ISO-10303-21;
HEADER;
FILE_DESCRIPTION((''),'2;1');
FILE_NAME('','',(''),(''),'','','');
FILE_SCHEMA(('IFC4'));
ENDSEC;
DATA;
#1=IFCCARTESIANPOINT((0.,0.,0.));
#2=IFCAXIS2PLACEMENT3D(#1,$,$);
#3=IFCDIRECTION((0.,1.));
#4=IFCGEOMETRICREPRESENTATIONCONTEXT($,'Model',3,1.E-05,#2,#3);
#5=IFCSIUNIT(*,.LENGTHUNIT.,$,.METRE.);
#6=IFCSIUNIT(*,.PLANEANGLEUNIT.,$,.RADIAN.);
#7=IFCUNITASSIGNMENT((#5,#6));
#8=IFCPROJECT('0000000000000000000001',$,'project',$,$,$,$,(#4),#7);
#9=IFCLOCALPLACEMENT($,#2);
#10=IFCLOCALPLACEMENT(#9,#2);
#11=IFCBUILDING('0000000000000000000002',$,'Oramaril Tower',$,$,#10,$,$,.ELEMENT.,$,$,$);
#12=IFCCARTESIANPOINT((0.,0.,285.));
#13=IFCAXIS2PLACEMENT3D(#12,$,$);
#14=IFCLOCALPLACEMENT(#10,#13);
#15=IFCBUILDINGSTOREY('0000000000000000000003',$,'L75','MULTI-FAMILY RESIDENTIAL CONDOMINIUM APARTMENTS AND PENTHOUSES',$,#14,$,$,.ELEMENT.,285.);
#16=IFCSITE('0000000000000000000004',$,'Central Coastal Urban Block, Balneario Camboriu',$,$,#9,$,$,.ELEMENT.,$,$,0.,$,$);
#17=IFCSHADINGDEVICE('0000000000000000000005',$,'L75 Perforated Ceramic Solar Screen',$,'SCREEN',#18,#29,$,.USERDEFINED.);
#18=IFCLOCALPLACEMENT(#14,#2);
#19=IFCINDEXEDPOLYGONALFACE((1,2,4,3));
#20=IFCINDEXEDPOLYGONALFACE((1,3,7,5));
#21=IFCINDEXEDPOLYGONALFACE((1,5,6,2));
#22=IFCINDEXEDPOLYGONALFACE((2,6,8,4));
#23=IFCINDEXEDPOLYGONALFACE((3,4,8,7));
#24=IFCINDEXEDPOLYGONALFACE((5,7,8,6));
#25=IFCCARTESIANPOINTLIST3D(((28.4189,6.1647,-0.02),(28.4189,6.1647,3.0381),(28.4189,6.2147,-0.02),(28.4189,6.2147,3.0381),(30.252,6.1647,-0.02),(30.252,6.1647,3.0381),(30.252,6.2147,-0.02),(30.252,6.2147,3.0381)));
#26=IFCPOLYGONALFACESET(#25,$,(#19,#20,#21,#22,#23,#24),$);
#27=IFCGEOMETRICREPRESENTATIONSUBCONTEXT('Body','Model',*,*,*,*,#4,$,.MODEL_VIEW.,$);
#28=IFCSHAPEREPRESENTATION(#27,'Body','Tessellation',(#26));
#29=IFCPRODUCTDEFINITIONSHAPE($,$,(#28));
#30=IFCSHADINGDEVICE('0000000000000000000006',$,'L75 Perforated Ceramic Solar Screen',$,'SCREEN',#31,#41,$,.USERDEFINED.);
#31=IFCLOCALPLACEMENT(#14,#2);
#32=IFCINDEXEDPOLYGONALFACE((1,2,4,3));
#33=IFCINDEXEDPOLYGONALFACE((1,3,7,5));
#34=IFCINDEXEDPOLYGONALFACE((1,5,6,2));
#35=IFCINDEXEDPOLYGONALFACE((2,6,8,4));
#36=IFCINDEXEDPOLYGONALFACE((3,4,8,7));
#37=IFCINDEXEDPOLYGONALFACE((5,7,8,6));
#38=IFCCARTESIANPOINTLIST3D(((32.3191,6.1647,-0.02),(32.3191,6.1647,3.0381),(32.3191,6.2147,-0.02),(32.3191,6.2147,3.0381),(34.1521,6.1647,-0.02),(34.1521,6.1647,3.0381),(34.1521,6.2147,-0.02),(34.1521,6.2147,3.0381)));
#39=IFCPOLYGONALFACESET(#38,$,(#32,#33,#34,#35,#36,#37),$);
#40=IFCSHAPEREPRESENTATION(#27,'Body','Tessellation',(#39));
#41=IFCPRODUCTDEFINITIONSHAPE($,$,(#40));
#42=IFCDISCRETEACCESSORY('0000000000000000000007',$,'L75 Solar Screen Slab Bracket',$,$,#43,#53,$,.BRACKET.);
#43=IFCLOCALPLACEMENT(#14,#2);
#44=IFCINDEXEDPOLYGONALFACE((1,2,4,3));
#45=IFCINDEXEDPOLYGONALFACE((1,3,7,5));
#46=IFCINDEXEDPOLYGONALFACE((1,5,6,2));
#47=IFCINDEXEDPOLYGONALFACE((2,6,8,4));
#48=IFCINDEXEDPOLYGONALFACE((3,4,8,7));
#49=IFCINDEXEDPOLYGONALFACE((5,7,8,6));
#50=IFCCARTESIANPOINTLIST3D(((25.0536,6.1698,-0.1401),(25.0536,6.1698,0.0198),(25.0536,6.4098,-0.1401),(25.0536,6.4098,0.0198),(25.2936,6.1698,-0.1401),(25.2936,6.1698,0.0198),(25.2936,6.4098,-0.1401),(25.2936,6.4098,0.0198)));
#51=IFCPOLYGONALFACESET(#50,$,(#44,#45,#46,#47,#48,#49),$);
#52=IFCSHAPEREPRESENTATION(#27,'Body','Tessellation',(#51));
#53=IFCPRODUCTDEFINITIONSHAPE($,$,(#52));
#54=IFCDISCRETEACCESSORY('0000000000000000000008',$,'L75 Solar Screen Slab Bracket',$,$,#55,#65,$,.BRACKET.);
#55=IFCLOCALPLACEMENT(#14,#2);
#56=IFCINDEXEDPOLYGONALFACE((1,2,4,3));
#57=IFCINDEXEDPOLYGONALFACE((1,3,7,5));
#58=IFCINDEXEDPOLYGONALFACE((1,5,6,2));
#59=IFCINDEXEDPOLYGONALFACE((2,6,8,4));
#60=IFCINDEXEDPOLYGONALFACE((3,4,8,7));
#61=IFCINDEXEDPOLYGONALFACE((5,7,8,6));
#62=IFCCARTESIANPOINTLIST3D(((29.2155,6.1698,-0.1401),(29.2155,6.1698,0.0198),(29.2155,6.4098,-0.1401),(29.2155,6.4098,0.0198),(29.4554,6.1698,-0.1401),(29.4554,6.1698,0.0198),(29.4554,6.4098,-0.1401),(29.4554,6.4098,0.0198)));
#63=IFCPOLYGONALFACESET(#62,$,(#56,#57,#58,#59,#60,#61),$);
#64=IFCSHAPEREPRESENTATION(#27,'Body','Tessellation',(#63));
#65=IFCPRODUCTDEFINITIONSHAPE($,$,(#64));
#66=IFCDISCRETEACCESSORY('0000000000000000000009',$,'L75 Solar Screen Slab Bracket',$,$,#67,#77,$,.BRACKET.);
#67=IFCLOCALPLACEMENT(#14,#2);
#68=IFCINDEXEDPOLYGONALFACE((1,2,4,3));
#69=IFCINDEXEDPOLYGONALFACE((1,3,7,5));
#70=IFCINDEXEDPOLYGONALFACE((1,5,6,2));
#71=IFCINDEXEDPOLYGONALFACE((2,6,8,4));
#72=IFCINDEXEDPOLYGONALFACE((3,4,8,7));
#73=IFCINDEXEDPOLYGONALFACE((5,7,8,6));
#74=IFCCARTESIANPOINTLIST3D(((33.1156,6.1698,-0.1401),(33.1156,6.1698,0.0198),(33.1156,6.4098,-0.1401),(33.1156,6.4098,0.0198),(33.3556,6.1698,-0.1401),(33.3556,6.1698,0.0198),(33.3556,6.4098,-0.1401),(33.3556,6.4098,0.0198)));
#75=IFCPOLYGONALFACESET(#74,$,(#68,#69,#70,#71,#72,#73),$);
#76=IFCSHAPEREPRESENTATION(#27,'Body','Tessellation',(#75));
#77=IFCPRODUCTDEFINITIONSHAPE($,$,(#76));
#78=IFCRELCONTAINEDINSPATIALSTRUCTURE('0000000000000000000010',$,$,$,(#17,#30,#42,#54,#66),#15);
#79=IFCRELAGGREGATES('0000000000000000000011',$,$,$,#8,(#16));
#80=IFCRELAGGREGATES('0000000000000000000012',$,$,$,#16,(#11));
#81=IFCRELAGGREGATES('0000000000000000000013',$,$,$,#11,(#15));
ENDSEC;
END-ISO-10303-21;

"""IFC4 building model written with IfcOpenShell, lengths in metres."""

from ifc_helpers import new_model, si_unit, direction, frame, origin, origin_2d, place, context, subcontext, project, spatial, rectangle, extrude, element, save


model = new_model("IFC4")

# Units and contexts
model_context = context("Model", 3, precision=1e-05, world=origin(), true_north=direction((0.0, 1.0)))
body_context = subcontext(model_context, "Body", "Model", "MODEL_VIEW")
ifc_project = project(units=[si_unit("LENGTHUNIT", "METRE"), si_unit("PLANEANGLEUNIT", "RADIAN")], contexts=[model_context])

# Site, building, storey
site_placement = place(None, origin())
site = spatial("IfcSite", under=ifc_project, at=site_placement, Name="Central Coastal Urban Block, Balneario Camboriu", CompositionType="ELEMENT", RefElevation=0.0)
building_placement = place(site_placement, origin())
building = spatial("IfcBuilding", under=site, at=building_placement, Name="Oramaril Tower", CompositionType="ELEMENT")
storey_placement = place(building_placement, frame((0.0, 0.0, 285.0)))
storey = spatial("IfcBuildingStorey", under=building, at=storey_placement, Name="L75", Description="MULTI-FAMILY RESIDENTIAL CONDOMINIUM APARTMENTS AND PENTHOUSES", CompositionType="ELEMENT", Elevation=285.0)

# Shading devices
for number, where, z_axis, x_axis, name in (
    (1, (29.3354, 6.1897, -0.02), (0.0, 0.0, 1.0), (1.0, 0.0, 0.0), "L75 Perforated Ceramic Solar Screen"),
    (2, (33.2356, 6.1897, -0.02), (0.0, 0.0, 1.0), (1.0, 0.0, 0.0), "L75 Perforated Ceramic Solar Screen"),
):
    element("IfcShadingDevice", number, at=place(storey_placement, frame(where, z_axis=z_axis, x_axis=x_axis)), inside=storey, Name=name, ObjectType="SCREEN", PredefinedType="USERDEFINED", context=body_context, shape_type="SweptSolid", body=[
        extrude(rectangle(XDim=1.833, YDim=0.05, at=origin_2d()), origin(), (0.0, 0.0, 1.0), 3.0581),
    ])

# Discrete accessories
for number, where, z_axis, x_axis, name in (
    (3, (25.1736, 6.2898, -0.1401), (0.0, 0.0, 1.0), (1.0, 0.0, 0.0), "L75 Solar Screen Slab Bracket"),
    (4, (29.3354, 6.2898, -0.1401), (0.0, 0.0, 1.0), (1.0, 0.0, 0.0), "L75 Solar Screen Slab Bracket"),
    (5, (33.2356, 6.2898, -0.1401), (0.0, 0.0, 1.0), (1.0, 0.0, 0.0), "L75 Solar Screen Slab Bracket"),
):
    element("IfcDiscreteAccessory", number, at=place(storey_placement, frame(where, z_axis=z_axis, x_axis=x_axis)), inside=storey, Name=name, PredefinedType="BRACKET", context=body_context, shape_type="SweptSolid", body=[
        extrude(rectangle(XDim=0.24, YDim=0.24, at=origin_2d()), origin(), (0.0, 0.0, 1.0), 0.1599),
    ])

save(model, "model.ifc")
